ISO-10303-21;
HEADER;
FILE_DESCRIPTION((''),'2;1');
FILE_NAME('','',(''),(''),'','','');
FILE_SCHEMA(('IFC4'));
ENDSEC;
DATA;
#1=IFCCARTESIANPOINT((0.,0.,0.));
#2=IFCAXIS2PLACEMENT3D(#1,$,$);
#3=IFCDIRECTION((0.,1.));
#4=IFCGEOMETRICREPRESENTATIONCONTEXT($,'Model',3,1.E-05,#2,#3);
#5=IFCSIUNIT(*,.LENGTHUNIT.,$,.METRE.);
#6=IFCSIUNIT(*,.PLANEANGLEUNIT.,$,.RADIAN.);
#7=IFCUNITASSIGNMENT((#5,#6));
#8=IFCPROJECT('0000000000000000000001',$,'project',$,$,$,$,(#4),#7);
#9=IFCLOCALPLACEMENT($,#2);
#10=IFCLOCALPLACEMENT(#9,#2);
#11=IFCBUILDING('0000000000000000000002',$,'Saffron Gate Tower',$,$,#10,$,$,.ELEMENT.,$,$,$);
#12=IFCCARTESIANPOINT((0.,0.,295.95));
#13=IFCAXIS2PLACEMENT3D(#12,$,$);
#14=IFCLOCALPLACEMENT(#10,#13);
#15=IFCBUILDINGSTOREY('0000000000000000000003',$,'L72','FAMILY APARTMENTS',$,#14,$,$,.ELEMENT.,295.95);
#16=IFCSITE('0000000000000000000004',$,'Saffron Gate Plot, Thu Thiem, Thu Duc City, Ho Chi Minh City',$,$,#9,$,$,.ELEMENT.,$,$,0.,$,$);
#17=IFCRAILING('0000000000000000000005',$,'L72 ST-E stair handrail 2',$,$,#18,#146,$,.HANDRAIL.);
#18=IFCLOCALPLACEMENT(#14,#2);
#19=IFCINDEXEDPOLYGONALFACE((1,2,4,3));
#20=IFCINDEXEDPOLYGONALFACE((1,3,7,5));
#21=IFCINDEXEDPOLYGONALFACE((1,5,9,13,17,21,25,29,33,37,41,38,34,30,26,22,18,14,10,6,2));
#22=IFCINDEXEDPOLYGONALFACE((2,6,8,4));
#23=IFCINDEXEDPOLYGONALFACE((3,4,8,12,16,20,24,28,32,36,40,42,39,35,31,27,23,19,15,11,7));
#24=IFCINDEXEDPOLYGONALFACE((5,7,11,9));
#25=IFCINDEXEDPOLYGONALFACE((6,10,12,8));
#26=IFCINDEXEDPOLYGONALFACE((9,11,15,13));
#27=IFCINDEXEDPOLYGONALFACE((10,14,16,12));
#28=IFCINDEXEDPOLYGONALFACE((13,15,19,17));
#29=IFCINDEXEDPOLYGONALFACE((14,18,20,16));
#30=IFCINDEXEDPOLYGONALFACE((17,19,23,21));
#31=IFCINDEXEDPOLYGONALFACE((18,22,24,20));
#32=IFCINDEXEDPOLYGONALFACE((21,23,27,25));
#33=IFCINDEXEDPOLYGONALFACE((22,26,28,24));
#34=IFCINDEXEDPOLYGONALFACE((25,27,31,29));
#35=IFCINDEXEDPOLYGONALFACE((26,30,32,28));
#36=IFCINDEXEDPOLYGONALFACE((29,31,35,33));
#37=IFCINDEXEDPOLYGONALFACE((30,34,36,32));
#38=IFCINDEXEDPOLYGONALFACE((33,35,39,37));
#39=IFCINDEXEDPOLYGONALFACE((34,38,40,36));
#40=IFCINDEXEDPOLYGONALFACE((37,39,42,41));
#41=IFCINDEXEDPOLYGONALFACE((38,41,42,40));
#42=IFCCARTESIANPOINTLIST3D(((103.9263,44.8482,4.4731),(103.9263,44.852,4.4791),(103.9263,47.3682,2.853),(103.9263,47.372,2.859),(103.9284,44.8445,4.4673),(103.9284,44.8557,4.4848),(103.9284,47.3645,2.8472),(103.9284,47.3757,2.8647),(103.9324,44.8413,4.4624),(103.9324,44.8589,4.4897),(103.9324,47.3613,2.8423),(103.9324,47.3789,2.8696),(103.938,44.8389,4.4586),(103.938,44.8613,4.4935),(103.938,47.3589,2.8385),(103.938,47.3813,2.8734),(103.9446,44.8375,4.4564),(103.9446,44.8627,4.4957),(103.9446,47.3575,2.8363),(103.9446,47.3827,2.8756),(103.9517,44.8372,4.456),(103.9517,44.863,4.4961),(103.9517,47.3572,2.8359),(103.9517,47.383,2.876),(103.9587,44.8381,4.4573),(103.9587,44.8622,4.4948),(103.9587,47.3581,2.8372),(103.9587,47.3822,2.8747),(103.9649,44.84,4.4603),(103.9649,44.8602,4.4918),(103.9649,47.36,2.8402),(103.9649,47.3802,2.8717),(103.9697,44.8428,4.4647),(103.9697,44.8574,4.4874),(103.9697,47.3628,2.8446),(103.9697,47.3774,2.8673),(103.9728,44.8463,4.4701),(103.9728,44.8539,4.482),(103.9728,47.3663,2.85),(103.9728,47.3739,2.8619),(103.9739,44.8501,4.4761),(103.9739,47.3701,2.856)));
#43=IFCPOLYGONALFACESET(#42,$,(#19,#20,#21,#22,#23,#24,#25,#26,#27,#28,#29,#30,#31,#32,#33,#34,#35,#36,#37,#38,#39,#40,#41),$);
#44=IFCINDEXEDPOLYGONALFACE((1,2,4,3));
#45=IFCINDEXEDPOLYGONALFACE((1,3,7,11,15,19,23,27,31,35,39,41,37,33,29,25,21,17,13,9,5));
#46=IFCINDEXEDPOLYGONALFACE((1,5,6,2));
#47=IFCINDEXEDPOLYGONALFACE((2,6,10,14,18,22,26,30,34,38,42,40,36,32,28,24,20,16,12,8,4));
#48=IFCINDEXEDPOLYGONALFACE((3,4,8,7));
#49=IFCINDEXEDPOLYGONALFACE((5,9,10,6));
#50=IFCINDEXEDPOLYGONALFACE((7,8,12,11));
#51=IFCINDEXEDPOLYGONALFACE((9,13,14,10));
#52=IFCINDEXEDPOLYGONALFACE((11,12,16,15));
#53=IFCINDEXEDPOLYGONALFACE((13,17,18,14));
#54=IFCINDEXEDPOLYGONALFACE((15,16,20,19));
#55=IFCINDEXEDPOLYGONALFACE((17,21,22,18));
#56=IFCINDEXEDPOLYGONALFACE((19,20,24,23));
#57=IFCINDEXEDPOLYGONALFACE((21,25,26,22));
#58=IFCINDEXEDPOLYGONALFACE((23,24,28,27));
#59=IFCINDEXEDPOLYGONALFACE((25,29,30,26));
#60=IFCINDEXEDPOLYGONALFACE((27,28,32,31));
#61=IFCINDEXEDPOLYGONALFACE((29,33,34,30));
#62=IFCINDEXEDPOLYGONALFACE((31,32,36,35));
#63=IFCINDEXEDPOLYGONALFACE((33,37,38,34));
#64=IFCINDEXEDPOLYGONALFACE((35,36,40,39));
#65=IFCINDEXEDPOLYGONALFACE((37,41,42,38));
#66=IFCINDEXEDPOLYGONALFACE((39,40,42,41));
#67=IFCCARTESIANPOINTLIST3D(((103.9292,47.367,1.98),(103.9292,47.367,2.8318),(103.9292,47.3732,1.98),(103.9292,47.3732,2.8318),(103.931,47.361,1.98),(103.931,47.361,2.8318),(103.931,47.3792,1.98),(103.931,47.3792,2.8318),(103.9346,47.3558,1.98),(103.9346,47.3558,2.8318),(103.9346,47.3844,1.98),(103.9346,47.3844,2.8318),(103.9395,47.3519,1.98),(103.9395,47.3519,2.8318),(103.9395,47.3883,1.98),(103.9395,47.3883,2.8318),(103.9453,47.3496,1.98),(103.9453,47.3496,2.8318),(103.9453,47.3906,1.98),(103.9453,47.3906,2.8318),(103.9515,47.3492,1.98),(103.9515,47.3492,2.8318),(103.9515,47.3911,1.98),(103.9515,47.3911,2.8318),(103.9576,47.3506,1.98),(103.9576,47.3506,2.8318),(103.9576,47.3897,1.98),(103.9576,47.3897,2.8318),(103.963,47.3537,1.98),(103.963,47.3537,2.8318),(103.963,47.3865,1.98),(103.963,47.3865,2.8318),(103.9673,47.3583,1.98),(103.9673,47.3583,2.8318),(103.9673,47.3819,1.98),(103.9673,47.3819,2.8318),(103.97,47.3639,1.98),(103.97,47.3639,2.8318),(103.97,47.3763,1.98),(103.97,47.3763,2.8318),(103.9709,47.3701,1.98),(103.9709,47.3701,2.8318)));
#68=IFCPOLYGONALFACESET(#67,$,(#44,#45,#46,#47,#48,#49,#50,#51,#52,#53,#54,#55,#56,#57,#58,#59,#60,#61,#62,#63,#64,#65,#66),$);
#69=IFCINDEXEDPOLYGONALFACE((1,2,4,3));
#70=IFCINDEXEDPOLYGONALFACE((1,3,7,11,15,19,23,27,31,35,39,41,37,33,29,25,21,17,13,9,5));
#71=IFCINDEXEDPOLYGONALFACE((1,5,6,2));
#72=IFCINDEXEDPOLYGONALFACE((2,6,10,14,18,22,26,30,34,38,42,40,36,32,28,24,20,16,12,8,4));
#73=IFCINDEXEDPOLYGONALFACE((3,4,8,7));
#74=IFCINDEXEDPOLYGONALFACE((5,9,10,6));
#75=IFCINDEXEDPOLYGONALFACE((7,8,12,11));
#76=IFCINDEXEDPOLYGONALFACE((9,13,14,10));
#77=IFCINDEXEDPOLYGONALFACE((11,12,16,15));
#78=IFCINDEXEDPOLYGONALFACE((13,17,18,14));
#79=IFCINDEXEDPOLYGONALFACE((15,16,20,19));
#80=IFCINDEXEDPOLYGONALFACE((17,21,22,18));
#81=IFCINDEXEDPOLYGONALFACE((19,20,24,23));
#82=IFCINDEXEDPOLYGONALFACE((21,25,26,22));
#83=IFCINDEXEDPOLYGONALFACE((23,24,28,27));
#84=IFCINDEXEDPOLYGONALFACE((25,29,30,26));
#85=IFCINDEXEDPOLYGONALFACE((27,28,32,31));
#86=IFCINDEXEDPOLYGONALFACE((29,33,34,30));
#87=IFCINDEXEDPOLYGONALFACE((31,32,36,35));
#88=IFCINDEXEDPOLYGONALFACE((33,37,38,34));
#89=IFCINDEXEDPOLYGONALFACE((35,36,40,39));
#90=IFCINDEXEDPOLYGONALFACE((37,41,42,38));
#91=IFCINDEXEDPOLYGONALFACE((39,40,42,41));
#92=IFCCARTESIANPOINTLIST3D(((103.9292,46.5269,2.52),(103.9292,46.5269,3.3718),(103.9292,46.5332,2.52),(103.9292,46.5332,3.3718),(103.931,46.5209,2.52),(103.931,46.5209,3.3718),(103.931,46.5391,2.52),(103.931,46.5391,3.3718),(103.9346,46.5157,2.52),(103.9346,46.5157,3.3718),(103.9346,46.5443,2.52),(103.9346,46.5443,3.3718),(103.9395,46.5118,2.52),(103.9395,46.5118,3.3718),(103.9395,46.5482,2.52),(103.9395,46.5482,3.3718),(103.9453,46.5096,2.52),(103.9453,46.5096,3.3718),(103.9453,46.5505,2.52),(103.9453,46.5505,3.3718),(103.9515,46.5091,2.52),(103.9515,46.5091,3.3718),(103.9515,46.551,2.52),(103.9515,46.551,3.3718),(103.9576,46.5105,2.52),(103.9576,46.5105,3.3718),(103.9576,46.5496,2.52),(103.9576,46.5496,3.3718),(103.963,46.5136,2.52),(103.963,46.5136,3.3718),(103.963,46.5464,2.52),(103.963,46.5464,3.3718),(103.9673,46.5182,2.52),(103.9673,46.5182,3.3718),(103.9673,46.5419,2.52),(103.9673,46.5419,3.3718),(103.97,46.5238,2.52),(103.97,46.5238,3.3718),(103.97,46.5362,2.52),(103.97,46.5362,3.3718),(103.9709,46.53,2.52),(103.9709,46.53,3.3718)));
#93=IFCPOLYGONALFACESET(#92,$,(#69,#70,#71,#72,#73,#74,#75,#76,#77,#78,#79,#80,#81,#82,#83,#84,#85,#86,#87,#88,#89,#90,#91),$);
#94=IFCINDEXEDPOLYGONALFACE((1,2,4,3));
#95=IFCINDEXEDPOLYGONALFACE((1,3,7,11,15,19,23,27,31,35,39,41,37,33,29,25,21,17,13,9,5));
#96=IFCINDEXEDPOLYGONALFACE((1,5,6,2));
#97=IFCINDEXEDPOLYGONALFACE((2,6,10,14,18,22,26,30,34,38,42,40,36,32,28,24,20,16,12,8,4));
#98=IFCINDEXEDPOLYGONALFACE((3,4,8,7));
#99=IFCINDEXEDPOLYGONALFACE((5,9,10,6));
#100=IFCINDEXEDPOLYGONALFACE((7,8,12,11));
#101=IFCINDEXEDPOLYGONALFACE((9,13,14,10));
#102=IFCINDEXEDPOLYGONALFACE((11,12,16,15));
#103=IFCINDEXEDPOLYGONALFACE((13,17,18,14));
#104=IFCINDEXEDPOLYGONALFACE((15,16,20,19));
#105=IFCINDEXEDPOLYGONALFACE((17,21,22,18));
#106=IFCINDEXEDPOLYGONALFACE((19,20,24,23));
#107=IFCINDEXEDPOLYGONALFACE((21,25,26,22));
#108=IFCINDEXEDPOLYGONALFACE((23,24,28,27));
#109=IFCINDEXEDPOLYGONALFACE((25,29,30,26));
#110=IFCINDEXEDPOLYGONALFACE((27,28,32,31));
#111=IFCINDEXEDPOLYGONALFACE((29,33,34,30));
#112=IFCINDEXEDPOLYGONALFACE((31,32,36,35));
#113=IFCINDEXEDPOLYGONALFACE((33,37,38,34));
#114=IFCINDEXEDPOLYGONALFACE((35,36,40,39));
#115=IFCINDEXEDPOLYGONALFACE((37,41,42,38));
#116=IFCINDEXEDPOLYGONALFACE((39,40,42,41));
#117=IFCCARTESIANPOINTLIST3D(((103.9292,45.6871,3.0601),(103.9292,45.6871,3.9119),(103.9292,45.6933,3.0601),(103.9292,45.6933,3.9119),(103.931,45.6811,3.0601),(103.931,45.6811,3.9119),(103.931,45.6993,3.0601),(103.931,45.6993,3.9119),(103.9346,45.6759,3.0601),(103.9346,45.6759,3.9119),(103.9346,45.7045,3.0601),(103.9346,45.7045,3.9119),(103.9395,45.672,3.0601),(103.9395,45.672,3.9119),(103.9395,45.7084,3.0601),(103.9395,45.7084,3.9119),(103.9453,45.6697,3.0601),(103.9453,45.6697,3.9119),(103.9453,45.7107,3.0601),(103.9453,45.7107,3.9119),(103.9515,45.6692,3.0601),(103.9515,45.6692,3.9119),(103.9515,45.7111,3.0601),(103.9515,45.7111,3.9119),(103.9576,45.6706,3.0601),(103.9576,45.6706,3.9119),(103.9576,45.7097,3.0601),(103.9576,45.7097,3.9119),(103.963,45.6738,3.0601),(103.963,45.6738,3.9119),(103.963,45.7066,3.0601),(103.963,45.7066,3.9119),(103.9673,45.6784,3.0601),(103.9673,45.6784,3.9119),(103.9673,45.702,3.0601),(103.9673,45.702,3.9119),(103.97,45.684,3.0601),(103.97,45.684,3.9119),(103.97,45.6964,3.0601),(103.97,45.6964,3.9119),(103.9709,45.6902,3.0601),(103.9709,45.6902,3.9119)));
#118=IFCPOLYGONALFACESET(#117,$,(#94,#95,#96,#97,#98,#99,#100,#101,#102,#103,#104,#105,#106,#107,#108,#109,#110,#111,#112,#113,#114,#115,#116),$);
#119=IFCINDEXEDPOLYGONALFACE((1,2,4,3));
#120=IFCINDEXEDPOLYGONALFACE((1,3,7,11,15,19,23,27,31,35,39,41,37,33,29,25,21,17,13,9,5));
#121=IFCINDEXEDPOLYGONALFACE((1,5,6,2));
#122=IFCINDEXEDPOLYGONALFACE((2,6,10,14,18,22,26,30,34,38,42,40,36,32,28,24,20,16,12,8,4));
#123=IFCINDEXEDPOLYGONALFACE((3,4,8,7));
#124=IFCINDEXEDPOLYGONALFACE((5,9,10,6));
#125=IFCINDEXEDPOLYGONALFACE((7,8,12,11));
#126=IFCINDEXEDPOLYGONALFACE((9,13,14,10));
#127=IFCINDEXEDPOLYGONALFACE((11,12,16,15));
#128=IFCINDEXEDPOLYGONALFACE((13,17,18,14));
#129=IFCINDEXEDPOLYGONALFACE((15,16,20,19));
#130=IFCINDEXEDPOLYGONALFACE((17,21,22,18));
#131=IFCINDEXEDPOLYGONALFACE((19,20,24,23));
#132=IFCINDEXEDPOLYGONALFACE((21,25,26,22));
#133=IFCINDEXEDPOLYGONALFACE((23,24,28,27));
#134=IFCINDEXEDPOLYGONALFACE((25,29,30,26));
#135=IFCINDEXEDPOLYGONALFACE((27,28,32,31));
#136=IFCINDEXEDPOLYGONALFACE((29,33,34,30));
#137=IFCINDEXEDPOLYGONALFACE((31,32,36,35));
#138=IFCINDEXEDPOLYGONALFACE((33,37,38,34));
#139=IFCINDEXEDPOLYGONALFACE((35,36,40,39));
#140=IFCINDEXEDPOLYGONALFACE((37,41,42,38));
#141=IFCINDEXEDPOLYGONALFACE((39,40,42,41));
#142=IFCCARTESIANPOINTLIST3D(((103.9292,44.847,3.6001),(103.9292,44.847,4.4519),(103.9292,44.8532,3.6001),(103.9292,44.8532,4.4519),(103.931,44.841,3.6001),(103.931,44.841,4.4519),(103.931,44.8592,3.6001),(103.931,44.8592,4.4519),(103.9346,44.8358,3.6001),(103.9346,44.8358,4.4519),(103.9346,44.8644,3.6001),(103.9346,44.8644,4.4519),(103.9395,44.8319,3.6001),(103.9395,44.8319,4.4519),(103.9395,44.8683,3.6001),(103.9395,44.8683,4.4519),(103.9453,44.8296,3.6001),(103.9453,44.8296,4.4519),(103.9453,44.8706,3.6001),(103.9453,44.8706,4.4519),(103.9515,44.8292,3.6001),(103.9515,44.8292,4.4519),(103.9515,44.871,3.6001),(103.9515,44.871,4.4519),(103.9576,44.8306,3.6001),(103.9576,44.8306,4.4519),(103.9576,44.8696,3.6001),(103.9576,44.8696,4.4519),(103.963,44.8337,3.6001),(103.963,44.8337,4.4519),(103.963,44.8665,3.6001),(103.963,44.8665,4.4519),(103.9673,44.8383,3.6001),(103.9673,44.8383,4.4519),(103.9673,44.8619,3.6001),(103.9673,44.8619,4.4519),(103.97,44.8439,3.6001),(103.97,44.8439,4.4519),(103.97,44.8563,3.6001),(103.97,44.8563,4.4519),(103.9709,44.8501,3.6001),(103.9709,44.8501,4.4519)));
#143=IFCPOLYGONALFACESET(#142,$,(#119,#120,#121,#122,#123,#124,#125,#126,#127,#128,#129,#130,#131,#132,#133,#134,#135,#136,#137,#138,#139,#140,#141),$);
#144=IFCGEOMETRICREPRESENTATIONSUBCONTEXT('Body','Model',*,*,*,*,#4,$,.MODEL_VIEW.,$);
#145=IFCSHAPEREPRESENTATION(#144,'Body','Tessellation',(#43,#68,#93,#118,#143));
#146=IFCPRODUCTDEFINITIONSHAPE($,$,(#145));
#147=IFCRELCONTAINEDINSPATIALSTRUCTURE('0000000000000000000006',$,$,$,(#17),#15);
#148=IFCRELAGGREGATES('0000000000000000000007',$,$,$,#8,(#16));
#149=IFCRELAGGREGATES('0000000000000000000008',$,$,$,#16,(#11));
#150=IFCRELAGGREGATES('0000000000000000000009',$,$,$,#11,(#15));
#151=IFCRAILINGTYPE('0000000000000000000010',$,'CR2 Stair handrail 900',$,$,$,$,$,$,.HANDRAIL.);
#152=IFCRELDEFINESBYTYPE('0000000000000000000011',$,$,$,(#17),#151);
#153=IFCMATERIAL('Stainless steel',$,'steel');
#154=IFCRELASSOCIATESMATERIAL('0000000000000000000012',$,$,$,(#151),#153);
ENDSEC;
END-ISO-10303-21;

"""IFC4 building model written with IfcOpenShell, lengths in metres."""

from ifc_helpers import new_model, si_unit, direction, frame, origin, origin_2d, place, context, subcontext, project, spatial, circle, extrude, material, type_object, element, save


model = new_model("IFC4")

# Units and contexts
model_context = context("Model", 3, precision=1e-05, world=origin(), true_north=direction((0.0, 1.0)))
body_context = subcontext(model_context, "Body", "Model", "MODEL_VIEW")
ifc_project = project(units=[si_unit("LENGTHUNIT", "METRE"), si_unit("PLANEANGLEUNIT", "RADIAN")], contexts=[model_context])

# Site, building, storey
site_placement = place(None, origin())
site = spatial("IfcSite", under=ifc_project, at=site_placement, Name="Saffron Gate Plot, Thu Thiem, Thu Duc City, Ho Chi Minh City", CompositionType="ELEMENT", RefElevation=0.0)
building_placement = place(site_placement, origin())
building = spatial("IfcBuilding", under=site, at=building_placement, Name="Saffron Gate Tower", CompositionType="ELEMENT")
storey_placement = place(building_placement, frame((0.0, 0.0, 295.95)))
storey = spatial("IfcBuildingStorey", under=building, at=storey_placement, Name="L72", Description="FAMILY APARTMENTS", CompositionType="ELEMENT", Elevation=295.95)

# Railing
ifc_material_1 = material(Name="Stainless steel", Category="steel")
railing_type_1 = type_object("IfcRailingType", Name="CR2 Stair handrail 900", PredefinedType="HANDRAIL", material=ifc_material_1)
railing_1_placement = place(storey_placement, frame((103.95, 47.3701, 1.98)))
element("IfcRailing", 1, at=railing_1_placement, inside=storey, type_object=railing_type_1, Name="L72 ST-E stair handrail 2", PredefinedType="HANDRAIL", context=body_context, shape_type="SweptSolid", body=[
    extrude(circle(Radius=0.0239, at=origin_2d()), frame((0.0, 0.0, 0.876), z_axis=(0.0, -0.841163, 0.540782), x_axis=(1.0, 0.0, 0.0)), (0.0, 0.0, 1.0), 2.9958),
    extrude(circle(Radius=0.021, at=origin_2d()), origin(), (0.0, 0.0, 1.0), 0.8518),
    extrude(circle(Radius=0.021, at=origin_2d()), frame((0.0, -0.8401, 0.54)), (0.0, 0.0, 1.0), 0.8518),
    extrude(circle(Radius=0.021, at=origin_2d()), frame((0.0, -1.6799, 1.0801)), (0.0, 0.0, 1.0), 0.8518),
    extrude(circle(Radius=0.021, at=origin_2d()), frame((0.0, -2.52, 1.6201)), (0.0, 0.0, 1.0), 0.8518),
])

save(model, "model.ifc")
